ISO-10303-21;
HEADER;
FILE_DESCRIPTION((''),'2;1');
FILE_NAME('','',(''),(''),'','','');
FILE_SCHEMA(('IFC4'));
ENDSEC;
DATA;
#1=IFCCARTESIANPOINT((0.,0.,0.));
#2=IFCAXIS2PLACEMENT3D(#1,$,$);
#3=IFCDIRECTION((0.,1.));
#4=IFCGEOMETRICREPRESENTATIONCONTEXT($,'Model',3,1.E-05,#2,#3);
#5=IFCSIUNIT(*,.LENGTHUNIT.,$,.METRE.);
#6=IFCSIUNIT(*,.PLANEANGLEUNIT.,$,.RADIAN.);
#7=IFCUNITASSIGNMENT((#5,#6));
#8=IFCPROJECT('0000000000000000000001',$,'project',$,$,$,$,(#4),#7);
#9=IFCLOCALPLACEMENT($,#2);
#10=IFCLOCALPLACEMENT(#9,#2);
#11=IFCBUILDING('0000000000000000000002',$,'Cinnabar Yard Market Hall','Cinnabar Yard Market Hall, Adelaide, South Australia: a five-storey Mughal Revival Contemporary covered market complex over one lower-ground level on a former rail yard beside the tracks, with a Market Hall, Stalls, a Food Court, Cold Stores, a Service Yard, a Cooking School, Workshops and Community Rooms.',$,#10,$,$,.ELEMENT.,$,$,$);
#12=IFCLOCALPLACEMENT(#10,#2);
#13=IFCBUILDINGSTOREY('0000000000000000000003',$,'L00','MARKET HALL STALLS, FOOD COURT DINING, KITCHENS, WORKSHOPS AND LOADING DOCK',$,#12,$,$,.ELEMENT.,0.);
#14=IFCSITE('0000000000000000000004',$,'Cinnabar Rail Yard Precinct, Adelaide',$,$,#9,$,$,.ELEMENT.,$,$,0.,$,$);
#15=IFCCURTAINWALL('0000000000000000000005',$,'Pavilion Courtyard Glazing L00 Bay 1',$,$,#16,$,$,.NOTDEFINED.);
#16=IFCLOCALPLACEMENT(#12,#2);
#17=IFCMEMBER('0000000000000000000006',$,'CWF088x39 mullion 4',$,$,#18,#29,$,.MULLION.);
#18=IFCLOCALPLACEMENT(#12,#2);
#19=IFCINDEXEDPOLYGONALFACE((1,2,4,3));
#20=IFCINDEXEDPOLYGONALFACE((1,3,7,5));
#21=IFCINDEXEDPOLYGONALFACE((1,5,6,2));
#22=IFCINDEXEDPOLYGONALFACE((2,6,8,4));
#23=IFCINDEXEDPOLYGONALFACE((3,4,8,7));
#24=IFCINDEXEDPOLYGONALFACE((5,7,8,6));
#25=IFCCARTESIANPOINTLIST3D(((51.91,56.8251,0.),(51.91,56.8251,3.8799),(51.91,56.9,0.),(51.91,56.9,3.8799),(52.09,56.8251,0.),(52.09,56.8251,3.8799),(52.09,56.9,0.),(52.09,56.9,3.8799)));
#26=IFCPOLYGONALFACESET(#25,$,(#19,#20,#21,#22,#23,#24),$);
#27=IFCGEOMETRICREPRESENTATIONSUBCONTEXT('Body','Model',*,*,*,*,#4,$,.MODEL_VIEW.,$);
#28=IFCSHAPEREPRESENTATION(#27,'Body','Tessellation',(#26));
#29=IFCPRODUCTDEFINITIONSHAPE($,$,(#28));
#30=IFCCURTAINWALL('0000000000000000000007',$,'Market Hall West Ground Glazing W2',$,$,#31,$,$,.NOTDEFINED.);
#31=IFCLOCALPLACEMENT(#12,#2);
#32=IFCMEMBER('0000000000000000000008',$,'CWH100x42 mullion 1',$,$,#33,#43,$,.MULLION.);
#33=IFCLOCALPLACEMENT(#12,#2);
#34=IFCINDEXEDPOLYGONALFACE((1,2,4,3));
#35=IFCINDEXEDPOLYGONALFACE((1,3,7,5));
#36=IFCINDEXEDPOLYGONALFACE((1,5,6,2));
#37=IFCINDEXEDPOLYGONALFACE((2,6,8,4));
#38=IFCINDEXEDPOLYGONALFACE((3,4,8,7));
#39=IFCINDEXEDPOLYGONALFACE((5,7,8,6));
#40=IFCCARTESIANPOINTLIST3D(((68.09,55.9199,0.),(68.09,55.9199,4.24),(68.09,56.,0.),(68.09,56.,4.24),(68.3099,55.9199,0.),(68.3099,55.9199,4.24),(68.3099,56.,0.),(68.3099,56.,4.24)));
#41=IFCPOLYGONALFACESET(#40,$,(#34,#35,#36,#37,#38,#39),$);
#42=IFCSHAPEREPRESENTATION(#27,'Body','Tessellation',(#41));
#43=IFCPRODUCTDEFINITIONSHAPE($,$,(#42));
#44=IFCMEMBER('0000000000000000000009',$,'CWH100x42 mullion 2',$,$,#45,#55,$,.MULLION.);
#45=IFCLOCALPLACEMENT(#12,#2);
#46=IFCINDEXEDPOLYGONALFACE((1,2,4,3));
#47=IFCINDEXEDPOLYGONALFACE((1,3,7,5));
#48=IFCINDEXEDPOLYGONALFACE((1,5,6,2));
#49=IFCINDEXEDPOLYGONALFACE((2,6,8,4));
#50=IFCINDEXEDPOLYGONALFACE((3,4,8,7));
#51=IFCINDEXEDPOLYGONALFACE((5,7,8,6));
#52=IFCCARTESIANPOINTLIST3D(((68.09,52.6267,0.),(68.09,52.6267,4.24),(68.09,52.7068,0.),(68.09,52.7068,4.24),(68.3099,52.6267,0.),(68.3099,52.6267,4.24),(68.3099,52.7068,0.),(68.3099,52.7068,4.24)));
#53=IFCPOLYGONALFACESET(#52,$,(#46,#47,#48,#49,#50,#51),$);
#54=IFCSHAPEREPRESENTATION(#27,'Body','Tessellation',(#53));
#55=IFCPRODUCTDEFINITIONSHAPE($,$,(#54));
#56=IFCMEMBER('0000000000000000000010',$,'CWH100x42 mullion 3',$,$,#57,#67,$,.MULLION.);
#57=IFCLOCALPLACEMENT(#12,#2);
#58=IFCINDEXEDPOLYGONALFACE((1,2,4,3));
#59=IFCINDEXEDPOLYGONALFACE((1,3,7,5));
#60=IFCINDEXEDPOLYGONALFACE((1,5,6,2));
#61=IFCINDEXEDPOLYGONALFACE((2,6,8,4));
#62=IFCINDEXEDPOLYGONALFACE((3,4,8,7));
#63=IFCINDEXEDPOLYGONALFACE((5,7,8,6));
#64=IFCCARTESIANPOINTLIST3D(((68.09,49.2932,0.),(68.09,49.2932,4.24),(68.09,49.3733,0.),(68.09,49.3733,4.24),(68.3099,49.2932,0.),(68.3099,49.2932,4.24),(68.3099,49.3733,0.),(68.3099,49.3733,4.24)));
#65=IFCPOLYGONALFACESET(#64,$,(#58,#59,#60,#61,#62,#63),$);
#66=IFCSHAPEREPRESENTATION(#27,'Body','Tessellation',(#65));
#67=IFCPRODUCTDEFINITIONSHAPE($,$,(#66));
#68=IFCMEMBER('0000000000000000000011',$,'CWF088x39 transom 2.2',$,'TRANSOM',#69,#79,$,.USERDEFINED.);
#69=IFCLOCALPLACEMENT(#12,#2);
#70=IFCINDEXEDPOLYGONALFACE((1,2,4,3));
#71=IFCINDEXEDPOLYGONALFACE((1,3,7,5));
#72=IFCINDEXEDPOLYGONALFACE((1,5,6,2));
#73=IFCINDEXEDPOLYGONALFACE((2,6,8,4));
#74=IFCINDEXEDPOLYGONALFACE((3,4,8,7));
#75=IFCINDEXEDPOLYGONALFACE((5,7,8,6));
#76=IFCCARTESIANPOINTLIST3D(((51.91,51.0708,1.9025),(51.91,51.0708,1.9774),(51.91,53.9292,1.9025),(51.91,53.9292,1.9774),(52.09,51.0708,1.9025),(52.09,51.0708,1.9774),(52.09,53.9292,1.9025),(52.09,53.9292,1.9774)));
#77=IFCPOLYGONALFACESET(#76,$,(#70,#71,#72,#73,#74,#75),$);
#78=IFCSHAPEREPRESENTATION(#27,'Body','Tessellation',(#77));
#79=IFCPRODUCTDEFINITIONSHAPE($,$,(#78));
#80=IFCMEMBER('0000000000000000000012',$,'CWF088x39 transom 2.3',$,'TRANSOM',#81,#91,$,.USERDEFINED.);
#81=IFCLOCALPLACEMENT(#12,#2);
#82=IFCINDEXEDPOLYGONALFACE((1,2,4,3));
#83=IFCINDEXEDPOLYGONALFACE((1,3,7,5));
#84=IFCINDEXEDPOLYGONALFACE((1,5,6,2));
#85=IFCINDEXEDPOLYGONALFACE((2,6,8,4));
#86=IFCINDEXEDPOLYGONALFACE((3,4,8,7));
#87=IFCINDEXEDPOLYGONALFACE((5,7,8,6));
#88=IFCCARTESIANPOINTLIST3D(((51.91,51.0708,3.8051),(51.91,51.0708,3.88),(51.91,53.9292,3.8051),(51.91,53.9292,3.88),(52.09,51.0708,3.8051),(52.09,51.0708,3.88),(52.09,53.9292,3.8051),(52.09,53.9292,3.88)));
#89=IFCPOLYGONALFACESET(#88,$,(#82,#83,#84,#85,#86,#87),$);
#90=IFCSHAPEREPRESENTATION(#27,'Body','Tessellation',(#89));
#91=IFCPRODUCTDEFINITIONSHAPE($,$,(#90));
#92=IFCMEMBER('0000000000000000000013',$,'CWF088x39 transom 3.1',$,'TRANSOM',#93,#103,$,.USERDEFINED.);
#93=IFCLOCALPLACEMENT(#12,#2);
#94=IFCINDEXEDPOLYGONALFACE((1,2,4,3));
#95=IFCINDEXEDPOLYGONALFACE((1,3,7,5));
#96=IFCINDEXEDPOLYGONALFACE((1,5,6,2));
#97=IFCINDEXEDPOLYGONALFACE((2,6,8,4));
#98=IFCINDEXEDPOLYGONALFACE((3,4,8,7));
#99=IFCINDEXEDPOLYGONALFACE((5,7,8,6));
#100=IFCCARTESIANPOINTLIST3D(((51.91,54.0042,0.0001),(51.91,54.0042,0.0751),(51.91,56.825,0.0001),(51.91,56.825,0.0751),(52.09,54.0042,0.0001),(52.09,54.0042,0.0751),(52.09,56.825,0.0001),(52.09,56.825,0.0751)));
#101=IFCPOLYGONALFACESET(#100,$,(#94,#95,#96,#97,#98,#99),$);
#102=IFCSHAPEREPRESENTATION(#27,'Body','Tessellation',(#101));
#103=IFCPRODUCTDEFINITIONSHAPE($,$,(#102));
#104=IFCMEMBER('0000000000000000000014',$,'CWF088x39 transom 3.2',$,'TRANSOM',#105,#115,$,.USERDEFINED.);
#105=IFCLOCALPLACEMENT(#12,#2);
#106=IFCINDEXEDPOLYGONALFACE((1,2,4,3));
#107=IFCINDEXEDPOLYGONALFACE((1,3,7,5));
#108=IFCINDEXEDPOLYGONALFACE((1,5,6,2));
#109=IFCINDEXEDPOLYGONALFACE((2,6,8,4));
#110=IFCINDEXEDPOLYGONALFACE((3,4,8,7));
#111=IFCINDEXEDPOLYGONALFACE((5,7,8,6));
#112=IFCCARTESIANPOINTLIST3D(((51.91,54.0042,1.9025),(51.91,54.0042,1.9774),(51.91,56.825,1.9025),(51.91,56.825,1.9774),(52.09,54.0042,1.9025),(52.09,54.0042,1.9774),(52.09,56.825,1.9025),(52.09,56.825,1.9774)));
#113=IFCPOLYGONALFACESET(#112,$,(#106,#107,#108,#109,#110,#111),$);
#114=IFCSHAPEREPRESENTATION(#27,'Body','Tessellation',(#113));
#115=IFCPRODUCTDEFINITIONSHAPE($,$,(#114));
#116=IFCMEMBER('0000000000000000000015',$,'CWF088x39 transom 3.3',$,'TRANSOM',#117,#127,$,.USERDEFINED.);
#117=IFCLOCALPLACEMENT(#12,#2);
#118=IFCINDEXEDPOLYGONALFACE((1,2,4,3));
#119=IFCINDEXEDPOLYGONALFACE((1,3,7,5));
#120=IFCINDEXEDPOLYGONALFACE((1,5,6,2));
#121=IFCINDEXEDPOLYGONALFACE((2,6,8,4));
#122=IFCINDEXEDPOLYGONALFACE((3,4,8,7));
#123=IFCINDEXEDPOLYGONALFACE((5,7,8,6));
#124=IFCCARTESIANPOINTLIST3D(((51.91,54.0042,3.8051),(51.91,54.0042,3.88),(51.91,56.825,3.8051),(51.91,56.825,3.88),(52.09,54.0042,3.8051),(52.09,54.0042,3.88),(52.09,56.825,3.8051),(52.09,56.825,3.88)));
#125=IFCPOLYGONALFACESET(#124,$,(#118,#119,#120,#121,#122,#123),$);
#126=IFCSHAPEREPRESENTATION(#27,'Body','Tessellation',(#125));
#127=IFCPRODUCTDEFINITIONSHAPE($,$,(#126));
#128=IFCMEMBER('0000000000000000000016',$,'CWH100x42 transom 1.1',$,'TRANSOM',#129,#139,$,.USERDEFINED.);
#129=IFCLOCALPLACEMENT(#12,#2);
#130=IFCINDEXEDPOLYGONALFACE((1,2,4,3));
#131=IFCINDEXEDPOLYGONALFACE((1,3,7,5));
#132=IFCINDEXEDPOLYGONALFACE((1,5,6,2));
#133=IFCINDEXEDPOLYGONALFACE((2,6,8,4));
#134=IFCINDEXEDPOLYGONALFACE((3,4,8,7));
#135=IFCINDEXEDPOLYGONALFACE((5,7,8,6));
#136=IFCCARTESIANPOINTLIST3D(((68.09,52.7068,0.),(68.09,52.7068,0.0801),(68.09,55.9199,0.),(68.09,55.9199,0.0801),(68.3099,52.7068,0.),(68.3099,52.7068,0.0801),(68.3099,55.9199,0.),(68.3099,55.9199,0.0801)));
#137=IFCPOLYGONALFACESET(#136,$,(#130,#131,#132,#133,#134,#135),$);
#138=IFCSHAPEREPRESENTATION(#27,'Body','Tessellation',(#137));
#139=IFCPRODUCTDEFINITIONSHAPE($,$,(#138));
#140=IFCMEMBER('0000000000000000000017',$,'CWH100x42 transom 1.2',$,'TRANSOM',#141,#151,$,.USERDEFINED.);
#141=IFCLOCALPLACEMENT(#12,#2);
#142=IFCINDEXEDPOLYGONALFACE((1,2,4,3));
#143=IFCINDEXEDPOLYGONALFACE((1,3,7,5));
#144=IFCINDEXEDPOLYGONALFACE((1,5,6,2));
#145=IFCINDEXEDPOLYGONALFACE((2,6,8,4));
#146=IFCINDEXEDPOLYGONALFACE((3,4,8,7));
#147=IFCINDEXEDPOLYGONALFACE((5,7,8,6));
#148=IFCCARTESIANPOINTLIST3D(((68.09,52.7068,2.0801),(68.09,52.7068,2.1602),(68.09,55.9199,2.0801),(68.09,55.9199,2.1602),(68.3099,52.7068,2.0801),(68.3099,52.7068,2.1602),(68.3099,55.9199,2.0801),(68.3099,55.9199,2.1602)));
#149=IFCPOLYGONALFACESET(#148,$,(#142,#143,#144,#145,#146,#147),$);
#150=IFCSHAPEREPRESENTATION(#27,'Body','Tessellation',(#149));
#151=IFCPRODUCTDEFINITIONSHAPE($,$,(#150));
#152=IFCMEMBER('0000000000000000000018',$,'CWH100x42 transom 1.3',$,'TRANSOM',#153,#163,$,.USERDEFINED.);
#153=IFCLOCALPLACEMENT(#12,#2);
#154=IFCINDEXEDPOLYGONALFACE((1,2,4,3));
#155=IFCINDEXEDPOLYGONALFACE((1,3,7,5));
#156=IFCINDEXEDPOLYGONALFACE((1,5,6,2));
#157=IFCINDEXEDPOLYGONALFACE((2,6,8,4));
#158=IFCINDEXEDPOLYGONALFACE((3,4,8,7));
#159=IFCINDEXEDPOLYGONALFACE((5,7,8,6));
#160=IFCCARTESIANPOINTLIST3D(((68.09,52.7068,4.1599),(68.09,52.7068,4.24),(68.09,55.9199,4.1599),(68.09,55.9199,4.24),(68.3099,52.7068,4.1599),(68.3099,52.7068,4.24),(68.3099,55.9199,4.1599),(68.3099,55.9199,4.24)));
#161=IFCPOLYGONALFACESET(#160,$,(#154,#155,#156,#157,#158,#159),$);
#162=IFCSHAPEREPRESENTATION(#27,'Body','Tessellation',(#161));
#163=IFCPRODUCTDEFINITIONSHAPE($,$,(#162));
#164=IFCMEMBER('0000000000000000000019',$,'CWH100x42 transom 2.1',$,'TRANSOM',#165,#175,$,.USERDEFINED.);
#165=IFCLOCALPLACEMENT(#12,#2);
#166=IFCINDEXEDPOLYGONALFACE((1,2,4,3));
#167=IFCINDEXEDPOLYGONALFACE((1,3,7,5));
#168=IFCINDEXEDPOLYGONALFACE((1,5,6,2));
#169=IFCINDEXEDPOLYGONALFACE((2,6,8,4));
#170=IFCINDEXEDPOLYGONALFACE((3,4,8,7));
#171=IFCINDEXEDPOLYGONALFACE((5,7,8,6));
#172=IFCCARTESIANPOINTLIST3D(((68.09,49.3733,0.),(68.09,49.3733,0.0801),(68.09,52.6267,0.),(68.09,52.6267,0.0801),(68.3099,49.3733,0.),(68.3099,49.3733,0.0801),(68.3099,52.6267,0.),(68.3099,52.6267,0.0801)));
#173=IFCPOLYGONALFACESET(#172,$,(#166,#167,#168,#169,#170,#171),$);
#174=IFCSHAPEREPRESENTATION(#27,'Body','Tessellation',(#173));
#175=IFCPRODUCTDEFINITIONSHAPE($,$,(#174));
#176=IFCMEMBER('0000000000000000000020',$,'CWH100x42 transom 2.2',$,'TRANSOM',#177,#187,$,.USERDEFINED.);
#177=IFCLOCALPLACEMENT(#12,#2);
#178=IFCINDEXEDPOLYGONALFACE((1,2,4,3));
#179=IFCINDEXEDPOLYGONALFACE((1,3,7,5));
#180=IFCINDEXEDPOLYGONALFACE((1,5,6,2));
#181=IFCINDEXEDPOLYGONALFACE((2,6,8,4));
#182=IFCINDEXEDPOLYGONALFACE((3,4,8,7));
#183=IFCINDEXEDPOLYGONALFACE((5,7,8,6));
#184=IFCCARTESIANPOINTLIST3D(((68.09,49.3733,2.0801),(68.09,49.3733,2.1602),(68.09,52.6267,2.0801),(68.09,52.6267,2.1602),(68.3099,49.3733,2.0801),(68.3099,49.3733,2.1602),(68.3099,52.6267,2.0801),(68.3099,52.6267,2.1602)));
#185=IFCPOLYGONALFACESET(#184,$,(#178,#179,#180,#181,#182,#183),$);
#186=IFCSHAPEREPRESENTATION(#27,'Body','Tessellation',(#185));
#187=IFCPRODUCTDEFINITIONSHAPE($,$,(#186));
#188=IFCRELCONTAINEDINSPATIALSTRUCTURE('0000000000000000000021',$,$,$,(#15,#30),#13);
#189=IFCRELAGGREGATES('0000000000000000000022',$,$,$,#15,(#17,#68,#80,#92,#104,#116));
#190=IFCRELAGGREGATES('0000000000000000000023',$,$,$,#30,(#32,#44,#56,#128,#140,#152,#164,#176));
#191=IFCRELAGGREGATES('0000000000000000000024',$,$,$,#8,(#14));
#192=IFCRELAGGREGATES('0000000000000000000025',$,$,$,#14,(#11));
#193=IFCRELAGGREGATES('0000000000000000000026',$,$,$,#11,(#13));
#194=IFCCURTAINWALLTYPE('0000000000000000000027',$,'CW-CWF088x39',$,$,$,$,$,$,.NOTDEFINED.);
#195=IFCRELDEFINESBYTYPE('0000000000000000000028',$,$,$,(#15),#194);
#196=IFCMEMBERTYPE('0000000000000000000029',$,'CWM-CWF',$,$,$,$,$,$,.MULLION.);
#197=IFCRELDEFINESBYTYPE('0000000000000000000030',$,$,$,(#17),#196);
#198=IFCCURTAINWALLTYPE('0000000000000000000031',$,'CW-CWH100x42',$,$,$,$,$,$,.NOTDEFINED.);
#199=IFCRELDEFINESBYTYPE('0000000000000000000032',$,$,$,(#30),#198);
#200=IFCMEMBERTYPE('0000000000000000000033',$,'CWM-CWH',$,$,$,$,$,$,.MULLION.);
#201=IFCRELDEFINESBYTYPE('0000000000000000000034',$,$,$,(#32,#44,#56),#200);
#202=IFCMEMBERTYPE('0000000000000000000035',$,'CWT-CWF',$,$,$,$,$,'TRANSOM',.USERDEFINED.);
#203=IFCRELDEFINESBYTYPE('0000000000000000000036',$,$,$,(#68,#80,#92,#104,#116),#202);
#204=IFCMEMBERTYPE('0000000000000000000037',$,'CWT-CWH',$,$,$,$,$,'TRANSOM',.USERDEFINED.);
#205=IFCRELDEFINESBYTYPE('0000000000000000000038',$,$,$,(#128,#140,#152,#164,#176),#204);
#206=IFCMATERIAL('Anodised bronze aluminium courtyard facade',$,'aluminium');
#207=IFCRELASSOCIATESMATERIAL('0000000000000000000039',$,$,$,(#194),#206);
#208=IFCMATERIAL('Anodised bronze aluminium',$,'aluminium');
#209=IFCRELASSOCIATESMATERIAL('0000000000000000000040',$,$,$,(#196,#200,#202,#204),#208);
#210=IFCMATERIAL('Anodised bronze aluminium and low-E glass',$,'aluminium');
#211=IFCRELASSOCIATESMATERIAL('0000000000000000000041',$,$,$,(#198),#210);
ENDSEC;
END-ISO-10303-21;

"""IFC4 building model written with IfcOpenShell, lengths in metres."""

from ifc_helpers import new_model, si_unit, direction, frame, origin, origin_2d_with_axis, place, context, subcontext, project, spatial, rectangle, extrude, material, material_profile, profile_set, type_object, element, aggregate, save


model = new_model("IFC4")

# Units and contexts
model_context = context("Model", 3, precision=1e-05, world=origin(), true_north=direction((0.0, 1.0)))
body_context = subcontext(model_context, "Body", "Model", "MODEL_VIEW")
ifc_project = project(units=[si_unit("LENGTHUNIT", "METRE"), si_unit("PLANEANGLEUNIT", "RADIAN")], contexts=[model_context])

# Site, building, storey
site_placement = place(None, origin())
site = spatial("IfcSite", under=ifc_project, at=site_placement, Name="Cinnabar Rail Yard Precinct, Adelaide", CompositionType="ELEMENT", RefElevation=0.0)
building_placement = place(site_placement, origin())
building = spatial("IfcBuilding", under=site, at=building_placement, Name="Cinnabar Yard Market Hall", Description="Cinnabar Yard Market Hall, Adelaide, South Australia: a five-storey Mughal Revival Contemporary covered market complex over one lower-ground level on a former rail yard beside the tracks, with a Market Hall, Stalls, a Food Court, Cold Stores, a Service Yard, a Cooking School, Workshops and Community Rooms.", CompositionType="ELEMENT")
storey_placement = place(building_placement, origin())
storey = spatial("IfcBuildingStorey", under=building, at=storey_placement, Name="L00", Description="MARKET HALL STALLS, FOOD COURT DINING, KITCHENS, WORKSHOPS AND LOADING DOCK", CompositionType="ELEMENT", Elevation=0.0)

# Shared definitions
ifc_material_1 = material(Name="Anodised bronze aluminium", Category="aluminium")

# Curtain walls, members
ifc_material_2 = material(Name="Anodised bronze aluminium courtyard facade", Category="aluminium")
curtain_wall_type_1 = type_object("IfcCurtainWallType", Name="CW-CWF088x39", PredefinedType="NOTDEFINED", material=ifc_material_2)
curtain_wall_1_placement = place(storey_placement, origin())
curtain_wall_1 = element("IfcCurtainWall", 1, at=curtain_wall_1_placement, inside=storey, type_object=curtain_wall_type_1, Name="Pavilion Courtyard Glazing L00 Bay 1", PredefinedType="NOTDEFINED")
ifc_material_profile_1 = material_profile(ifc_material_1, rectangle(XDim=0.1799, YDim=0.075, at=origin_2d_with_axis()), Name="MUL-CWF")
ifc_profile_set_1 = profile_set([ifc_material_profile_1], Name="Anodised bronze aluminium")
member_type_1 = type_object("IfcMemberType", Name="CWM-CWF", PredefinedType="MULLION", material=ifc_profile_set_1)
member_1_placement = place(storey_placement, frame((52.0, 56.8625, 0.0), z_axis=(0.0, 0.0, 1.0), x_axis=(-1.0, 0.0, 0.0)))
member_1 = element("IfcMember", 2, at=member_1_placement, type_object=member_type_1, Name="CWF088x39 mullion 4", PredefinedType="MULLION", context=body_context, shape_type="SweptSolid", body=[
    extrude(rectangle(XDim=0.1799, YDim=0.075, at=origin_2d_with_axis()), origin(), (0.0, 0.0, 1.0), 3.8799),
])
ifc_material_3 = material(Name="Anodised bronze aluminium and low-E glass", Category="aluminium")
curtain_wall_type_2 = type_object("IfcCurtainWallType", Name="CW-CWH100x42", PredefinedType="NOTDEFINED", material=ifc_material_3)
curtain_wall_2_placement = place(storey_placement, origin())
curtain_wall_2 = element("IfcCurtainWall", 3, at=curtain_wall_2_placement, inside=storey, type_object=curtain_wall_type_2, Name="Market Hall West Ground Glazing W2", PredefinedType="NOTDEFINED")
ifc_material_profile_2 = material_profile(ifc_material_1, rectangle(XDim=0.22, YDim=0.0801, at=origin_2d_with_axis()), Name="MUL-CWH")
ifc_profile_set_2 = profile_set([ifc_material_profile_2], Name="Anodised bronze aluminium")
member_type_2 = type_object("IfcMemberType", Name="CWM-CWH", PredefinedType="MULLION", material=ifc_profile_set_2)
member_2_placement = place(storey_placement, frame((68.2, 55.96, 0.0), z_axis=(0.0, 0.0, 1.0), x_axis=(1.0, 0.0, 0.0)))
member_2 = element("IfcMember", 4, at=member_2_placement, type_object=member_type_2, Name="CWH100x42 mullion 1", PredefinedType="MULLION", context=body_context, shape_type="SweptSolid", body=[
    extrude(rectangle(XDim=0.22, YDim=0.0801, at=origin_2d_with_axis()), origin(), (0.0, 0.0, 1.0), 4.24),
])
member_3_placement = place(storey_placement, frame((68.2, 52.6667, 0.0), z_axis=(0.0, 0.0, 1.0), x_axis=(1.0, 0.0, 0.0)))
member_3 = element("IfcMember", 5, at=member_3_placement, type_object=member_type_2, Name="CWH100x42 mullion 2", PredefinedType="MULLION", context=body_context, shape_type="SweptSolid", body=[
    extrude(rectangle(XDim=0.22, YDim=0.0801, at=origin_2d_with_axis()), origin(), (0.0, 0.0, 1.0), 4.24),
])
member_4_placement = place(storey_placement, frame((68.2, 49.3333, 0.0), z_axis=(0.0, 0.0, 1.0), x_axis=(1.0, 0.0, 0.0)))
member_4 = element("IfcMember", 6, at=member_4_placement, type_object=member_type_2, Name="CWH100x42 mullion 3", PredefinedType="MULLION", context=body_context, shape_type="SweptSolid", body=[
    extrude(rectangle(XDim=0.22, YDim=0.0801, at=origin_2d_with_axis()), origin(), (0.0, 0.0, 1.0), 4.24),
])

# Members
ifc_material_profile_3 = material_profile(ifc_material_1, rectangle(XDim=0.1799, YDim=0.075, at=origin_2d_with_axis()), Name="TRN-CWF")
ifc_profile_set_3 = profile_set([ifc_material_profile_3], Name="Anodised bronze aluminium")
member_type_3 = type_object("IfcMemberType", Name="CWT-CWF", ElementType="TRANSOM", PredefinedType="USERDEFINED", material=ifc_profile_set_3)
member_5_placement = place(storey_placement, frame((52.0, 51.0708, 1.9399), z_axis=(0.0, 1.0, 0.0), x_axis=(-1.0, 0.0, 0.0)))
member_5 = element("IfcMember", 7, at=member_5_placement, type_object=member_type_3, Name="CWF088x39 transom 2.2", ObjectType="TRANSOM", PredefinedType="USERDEFINED", context=body_context, shape_type="SweptSolid", body=[
    extrude(rectangle(XDim=0.1799, YDim=0.075, at=origin_2d_with_axis()), origin(), (0.0, 0.0, 1.0), 2.8584),
])
member_6_placement = place(storey_placement, frame((52.0, 51.0708, 3.8425), z_axis=(0.0, 1.0, 0.0), x_axis=(-1.0, 0.0, 0.0)))
member_6 = element("IfcMember", 8, at=member_6_placement, type_object=member_type_3, Name="CWF088x39 transom 2.3", ObjectType="TRANSOM", PredefinedType="USERDEFINED", context=body_context, shape_type="SweptSolid", body=[
    extrude(rectangle(XDim=0.1799, YDim=0.075, at=origin_2d_with_axis()), origin(), (0.0, 0.0, 1.0), 2.8584),
])
member_7_placement = place(storey_placement, frame((52.0, 54.0042, 0.0376), z_axis=(0.0, 1.0, 0.0), x_axis=(-1.0, 0.0, 0.0)))
member_7 = element("IfcMember", 9, at=member_7_placement, type_object=member_type_3, Name="CWF088x39 transom 3.1", ObjectType="TRANSOM", PredefinedType="USERDEFINED", context=body_context, shape_type="SweptSolid", body=[
    extrude(rectangle(XDim=0.1799, YDim=0.075, at=origin_2d_with_axis()), origin(), (0.0, 0.0, 1.0), 2.8208),
])
member_8_placement = place(storey_placement, frame((52.0, 54.0042, 1.9399), z_axis=(0.0, 1.0, 0.0), x_axis=(-1.0, 0.0, 0.0)))
member_8 = element("IfcMember", 10, at=member_8_placement, type_object=member_type_3, Name="CWF088x39 transom 3.2", ObjectType="TRANSOM", PredefinedType="USERDEFINED", context=body_context, shape_type="SweptSolid", body=[
    extrude(rectangle(XDim=0.1799, YDim=0.075, at=origin_2d_with_axis()), origin(), (0.0, 0.0, 1.0), 2.8208),
])
member_9_placement = place(storey_placement, frame((52.0, 54.0042, 3.8425), z_axis=(0.0, 1.0, 0.0), x_axis=(-1.0, 0.0, 0.0)))
member_9 = element("IfcMember", 11, at=member_9_placement, type_object=member_type_3, Name="CWF088x39 transom 3.3", ObjectType="TRANSOM", PredefinedType="USERDEFINED", context=body_context, shape_type="SweptSolid", body=[
    extrude(rectangle(XDim=0.1799, YDim=0.075, at=origin_2d_with_axis()), origin(), (0.0, 0.0, 1.0), 2.8208),
])
ifc_material_profile_4 = material_profile(ifc_material_1, rectangle(XDim=0.22, YDim=0.0801, at=origin_2d_with_axis()), Name="TRN-CWH")
ifc_profile_set_4 = profile_set([ifc_material_profile_4], Name="Anodised bronze aluminium")
member_type_4 = type_object("IfcMemberType", Name="CWT-CWH", ElementType="TRANSOM", PredefinedType="USERDEFINED", material=ifc_profile_set_4)
member_10_placement = place(storey_placement, frame((68.2, 55.9199, 0.04), z_axis=(0.0, -1.0, 0.0), x_axis=(1.0, 0.0, 0.0)))
member_10 = element("IfcMember", 12, at=member_10_placement, type_object=member_type_4, Name="CWH100x42 transom 1.1", ObjectType="TRANSOM", PredefinedType="USERDEFINED", context=body_context, shape_type="SweptSolid", body=[
    extrude(rectangle(XDim=0.22, YDim=0.0801, at=origin_2d_with_axis()), origin(), (0.0, 0.0, 1.0), 3.2131),
])
member_11_placement = place(storey_placement, frame((68.2, 55.9199, 2.1201), z_axis=(0.0, -1.0, 0.0), x_axis=(1.0, 0.0, 0.0)))
member_11 = element("IfcMember", 13, at=member_11_placement, type_object=member_type_4, Name="CWH100x42 transom 1.2", ObjectType="TRANSOM", PredefinedType="USERDEFINED", context=body_context, shape_type="SweptSolid", body=[
    extrude(rectangle(XDim=0.22, YDim=0.0801, at=origin_2d_with_axis()), origin(), (0.0, 0.0, 1.0), 3.2131),
])
member_12_placement = place(storey_placement, frame((68.2, 55.9199, 4.2), z_axis=(0.0, -1.0, 0.0), x_axis=(1.0, 0.0, 0.0)))
member_12 = element("IfcMember", 14, at=member_12_placement, type_object=member_type_4, Name="CWH100x42 transom 1.3", ObjectType="TRANSOM", PredefinedType="USERDEFINED", context=body_context, shape_type="SweptSolid", body=[
    extrude(rectangle(XDim=0.22, YDim=0.0801, at=origin_2d_with_axis()), origin(), (0.0, 0.0, 1.0), 3.2131),
])
member_13_placement = place(storey_placement, frame((68.2, 52.6267, 0.04), z_axis=(0.0, -1.0, 0.0), x_axis=(1.0, 0.0, 0.0)))
member_13 = element("IfcMember", 15, at=member_13_placement, type_object=member_type_4, Name="CWH100x42 transom 2.1", ObjectType="TRANSOM", PredefinedType="USERDEFINED", context=body_context, shape_type="SweptSolid", body=[
    extrude(rectangle(XDim=0.22, YDim=0.0801, at=origin_2d_with_axis()), origin(), (0.0, 0.0, 1.0), 3.2534),
])
member_14_placement = place(storey_placement, frame((68.2, 52.6267, 2.1201), z_axis=(0.0, -1.0, 0.0), x_axis=(1.0, 0.0, 0.0)))
member_14 = element("IfcMember", 16, at=member_14_placement, type_object=member_type_4, Name="CWH100x42 transom 2.2", ObjectType="TRANSOM", PredefinedType="USERDEFINED", context=body_context, shape_type="SweptSolid", body=[
    extrude(rectangle(XDim=0.22, YDim=0.0801, at=origin_2d_with_axis()), origin(), (0.0, 0.0, 1.0), 3.2534),
])

aggregate(curtain_wall_1, [member_1, member_5, member_6, member_7, member_8, member_9])
aggregate(curtain_wall_2, [member_2, member_3, member_4, member_10, member_11, member_12, member_13, member_14])

save(model, "model.ifc")
